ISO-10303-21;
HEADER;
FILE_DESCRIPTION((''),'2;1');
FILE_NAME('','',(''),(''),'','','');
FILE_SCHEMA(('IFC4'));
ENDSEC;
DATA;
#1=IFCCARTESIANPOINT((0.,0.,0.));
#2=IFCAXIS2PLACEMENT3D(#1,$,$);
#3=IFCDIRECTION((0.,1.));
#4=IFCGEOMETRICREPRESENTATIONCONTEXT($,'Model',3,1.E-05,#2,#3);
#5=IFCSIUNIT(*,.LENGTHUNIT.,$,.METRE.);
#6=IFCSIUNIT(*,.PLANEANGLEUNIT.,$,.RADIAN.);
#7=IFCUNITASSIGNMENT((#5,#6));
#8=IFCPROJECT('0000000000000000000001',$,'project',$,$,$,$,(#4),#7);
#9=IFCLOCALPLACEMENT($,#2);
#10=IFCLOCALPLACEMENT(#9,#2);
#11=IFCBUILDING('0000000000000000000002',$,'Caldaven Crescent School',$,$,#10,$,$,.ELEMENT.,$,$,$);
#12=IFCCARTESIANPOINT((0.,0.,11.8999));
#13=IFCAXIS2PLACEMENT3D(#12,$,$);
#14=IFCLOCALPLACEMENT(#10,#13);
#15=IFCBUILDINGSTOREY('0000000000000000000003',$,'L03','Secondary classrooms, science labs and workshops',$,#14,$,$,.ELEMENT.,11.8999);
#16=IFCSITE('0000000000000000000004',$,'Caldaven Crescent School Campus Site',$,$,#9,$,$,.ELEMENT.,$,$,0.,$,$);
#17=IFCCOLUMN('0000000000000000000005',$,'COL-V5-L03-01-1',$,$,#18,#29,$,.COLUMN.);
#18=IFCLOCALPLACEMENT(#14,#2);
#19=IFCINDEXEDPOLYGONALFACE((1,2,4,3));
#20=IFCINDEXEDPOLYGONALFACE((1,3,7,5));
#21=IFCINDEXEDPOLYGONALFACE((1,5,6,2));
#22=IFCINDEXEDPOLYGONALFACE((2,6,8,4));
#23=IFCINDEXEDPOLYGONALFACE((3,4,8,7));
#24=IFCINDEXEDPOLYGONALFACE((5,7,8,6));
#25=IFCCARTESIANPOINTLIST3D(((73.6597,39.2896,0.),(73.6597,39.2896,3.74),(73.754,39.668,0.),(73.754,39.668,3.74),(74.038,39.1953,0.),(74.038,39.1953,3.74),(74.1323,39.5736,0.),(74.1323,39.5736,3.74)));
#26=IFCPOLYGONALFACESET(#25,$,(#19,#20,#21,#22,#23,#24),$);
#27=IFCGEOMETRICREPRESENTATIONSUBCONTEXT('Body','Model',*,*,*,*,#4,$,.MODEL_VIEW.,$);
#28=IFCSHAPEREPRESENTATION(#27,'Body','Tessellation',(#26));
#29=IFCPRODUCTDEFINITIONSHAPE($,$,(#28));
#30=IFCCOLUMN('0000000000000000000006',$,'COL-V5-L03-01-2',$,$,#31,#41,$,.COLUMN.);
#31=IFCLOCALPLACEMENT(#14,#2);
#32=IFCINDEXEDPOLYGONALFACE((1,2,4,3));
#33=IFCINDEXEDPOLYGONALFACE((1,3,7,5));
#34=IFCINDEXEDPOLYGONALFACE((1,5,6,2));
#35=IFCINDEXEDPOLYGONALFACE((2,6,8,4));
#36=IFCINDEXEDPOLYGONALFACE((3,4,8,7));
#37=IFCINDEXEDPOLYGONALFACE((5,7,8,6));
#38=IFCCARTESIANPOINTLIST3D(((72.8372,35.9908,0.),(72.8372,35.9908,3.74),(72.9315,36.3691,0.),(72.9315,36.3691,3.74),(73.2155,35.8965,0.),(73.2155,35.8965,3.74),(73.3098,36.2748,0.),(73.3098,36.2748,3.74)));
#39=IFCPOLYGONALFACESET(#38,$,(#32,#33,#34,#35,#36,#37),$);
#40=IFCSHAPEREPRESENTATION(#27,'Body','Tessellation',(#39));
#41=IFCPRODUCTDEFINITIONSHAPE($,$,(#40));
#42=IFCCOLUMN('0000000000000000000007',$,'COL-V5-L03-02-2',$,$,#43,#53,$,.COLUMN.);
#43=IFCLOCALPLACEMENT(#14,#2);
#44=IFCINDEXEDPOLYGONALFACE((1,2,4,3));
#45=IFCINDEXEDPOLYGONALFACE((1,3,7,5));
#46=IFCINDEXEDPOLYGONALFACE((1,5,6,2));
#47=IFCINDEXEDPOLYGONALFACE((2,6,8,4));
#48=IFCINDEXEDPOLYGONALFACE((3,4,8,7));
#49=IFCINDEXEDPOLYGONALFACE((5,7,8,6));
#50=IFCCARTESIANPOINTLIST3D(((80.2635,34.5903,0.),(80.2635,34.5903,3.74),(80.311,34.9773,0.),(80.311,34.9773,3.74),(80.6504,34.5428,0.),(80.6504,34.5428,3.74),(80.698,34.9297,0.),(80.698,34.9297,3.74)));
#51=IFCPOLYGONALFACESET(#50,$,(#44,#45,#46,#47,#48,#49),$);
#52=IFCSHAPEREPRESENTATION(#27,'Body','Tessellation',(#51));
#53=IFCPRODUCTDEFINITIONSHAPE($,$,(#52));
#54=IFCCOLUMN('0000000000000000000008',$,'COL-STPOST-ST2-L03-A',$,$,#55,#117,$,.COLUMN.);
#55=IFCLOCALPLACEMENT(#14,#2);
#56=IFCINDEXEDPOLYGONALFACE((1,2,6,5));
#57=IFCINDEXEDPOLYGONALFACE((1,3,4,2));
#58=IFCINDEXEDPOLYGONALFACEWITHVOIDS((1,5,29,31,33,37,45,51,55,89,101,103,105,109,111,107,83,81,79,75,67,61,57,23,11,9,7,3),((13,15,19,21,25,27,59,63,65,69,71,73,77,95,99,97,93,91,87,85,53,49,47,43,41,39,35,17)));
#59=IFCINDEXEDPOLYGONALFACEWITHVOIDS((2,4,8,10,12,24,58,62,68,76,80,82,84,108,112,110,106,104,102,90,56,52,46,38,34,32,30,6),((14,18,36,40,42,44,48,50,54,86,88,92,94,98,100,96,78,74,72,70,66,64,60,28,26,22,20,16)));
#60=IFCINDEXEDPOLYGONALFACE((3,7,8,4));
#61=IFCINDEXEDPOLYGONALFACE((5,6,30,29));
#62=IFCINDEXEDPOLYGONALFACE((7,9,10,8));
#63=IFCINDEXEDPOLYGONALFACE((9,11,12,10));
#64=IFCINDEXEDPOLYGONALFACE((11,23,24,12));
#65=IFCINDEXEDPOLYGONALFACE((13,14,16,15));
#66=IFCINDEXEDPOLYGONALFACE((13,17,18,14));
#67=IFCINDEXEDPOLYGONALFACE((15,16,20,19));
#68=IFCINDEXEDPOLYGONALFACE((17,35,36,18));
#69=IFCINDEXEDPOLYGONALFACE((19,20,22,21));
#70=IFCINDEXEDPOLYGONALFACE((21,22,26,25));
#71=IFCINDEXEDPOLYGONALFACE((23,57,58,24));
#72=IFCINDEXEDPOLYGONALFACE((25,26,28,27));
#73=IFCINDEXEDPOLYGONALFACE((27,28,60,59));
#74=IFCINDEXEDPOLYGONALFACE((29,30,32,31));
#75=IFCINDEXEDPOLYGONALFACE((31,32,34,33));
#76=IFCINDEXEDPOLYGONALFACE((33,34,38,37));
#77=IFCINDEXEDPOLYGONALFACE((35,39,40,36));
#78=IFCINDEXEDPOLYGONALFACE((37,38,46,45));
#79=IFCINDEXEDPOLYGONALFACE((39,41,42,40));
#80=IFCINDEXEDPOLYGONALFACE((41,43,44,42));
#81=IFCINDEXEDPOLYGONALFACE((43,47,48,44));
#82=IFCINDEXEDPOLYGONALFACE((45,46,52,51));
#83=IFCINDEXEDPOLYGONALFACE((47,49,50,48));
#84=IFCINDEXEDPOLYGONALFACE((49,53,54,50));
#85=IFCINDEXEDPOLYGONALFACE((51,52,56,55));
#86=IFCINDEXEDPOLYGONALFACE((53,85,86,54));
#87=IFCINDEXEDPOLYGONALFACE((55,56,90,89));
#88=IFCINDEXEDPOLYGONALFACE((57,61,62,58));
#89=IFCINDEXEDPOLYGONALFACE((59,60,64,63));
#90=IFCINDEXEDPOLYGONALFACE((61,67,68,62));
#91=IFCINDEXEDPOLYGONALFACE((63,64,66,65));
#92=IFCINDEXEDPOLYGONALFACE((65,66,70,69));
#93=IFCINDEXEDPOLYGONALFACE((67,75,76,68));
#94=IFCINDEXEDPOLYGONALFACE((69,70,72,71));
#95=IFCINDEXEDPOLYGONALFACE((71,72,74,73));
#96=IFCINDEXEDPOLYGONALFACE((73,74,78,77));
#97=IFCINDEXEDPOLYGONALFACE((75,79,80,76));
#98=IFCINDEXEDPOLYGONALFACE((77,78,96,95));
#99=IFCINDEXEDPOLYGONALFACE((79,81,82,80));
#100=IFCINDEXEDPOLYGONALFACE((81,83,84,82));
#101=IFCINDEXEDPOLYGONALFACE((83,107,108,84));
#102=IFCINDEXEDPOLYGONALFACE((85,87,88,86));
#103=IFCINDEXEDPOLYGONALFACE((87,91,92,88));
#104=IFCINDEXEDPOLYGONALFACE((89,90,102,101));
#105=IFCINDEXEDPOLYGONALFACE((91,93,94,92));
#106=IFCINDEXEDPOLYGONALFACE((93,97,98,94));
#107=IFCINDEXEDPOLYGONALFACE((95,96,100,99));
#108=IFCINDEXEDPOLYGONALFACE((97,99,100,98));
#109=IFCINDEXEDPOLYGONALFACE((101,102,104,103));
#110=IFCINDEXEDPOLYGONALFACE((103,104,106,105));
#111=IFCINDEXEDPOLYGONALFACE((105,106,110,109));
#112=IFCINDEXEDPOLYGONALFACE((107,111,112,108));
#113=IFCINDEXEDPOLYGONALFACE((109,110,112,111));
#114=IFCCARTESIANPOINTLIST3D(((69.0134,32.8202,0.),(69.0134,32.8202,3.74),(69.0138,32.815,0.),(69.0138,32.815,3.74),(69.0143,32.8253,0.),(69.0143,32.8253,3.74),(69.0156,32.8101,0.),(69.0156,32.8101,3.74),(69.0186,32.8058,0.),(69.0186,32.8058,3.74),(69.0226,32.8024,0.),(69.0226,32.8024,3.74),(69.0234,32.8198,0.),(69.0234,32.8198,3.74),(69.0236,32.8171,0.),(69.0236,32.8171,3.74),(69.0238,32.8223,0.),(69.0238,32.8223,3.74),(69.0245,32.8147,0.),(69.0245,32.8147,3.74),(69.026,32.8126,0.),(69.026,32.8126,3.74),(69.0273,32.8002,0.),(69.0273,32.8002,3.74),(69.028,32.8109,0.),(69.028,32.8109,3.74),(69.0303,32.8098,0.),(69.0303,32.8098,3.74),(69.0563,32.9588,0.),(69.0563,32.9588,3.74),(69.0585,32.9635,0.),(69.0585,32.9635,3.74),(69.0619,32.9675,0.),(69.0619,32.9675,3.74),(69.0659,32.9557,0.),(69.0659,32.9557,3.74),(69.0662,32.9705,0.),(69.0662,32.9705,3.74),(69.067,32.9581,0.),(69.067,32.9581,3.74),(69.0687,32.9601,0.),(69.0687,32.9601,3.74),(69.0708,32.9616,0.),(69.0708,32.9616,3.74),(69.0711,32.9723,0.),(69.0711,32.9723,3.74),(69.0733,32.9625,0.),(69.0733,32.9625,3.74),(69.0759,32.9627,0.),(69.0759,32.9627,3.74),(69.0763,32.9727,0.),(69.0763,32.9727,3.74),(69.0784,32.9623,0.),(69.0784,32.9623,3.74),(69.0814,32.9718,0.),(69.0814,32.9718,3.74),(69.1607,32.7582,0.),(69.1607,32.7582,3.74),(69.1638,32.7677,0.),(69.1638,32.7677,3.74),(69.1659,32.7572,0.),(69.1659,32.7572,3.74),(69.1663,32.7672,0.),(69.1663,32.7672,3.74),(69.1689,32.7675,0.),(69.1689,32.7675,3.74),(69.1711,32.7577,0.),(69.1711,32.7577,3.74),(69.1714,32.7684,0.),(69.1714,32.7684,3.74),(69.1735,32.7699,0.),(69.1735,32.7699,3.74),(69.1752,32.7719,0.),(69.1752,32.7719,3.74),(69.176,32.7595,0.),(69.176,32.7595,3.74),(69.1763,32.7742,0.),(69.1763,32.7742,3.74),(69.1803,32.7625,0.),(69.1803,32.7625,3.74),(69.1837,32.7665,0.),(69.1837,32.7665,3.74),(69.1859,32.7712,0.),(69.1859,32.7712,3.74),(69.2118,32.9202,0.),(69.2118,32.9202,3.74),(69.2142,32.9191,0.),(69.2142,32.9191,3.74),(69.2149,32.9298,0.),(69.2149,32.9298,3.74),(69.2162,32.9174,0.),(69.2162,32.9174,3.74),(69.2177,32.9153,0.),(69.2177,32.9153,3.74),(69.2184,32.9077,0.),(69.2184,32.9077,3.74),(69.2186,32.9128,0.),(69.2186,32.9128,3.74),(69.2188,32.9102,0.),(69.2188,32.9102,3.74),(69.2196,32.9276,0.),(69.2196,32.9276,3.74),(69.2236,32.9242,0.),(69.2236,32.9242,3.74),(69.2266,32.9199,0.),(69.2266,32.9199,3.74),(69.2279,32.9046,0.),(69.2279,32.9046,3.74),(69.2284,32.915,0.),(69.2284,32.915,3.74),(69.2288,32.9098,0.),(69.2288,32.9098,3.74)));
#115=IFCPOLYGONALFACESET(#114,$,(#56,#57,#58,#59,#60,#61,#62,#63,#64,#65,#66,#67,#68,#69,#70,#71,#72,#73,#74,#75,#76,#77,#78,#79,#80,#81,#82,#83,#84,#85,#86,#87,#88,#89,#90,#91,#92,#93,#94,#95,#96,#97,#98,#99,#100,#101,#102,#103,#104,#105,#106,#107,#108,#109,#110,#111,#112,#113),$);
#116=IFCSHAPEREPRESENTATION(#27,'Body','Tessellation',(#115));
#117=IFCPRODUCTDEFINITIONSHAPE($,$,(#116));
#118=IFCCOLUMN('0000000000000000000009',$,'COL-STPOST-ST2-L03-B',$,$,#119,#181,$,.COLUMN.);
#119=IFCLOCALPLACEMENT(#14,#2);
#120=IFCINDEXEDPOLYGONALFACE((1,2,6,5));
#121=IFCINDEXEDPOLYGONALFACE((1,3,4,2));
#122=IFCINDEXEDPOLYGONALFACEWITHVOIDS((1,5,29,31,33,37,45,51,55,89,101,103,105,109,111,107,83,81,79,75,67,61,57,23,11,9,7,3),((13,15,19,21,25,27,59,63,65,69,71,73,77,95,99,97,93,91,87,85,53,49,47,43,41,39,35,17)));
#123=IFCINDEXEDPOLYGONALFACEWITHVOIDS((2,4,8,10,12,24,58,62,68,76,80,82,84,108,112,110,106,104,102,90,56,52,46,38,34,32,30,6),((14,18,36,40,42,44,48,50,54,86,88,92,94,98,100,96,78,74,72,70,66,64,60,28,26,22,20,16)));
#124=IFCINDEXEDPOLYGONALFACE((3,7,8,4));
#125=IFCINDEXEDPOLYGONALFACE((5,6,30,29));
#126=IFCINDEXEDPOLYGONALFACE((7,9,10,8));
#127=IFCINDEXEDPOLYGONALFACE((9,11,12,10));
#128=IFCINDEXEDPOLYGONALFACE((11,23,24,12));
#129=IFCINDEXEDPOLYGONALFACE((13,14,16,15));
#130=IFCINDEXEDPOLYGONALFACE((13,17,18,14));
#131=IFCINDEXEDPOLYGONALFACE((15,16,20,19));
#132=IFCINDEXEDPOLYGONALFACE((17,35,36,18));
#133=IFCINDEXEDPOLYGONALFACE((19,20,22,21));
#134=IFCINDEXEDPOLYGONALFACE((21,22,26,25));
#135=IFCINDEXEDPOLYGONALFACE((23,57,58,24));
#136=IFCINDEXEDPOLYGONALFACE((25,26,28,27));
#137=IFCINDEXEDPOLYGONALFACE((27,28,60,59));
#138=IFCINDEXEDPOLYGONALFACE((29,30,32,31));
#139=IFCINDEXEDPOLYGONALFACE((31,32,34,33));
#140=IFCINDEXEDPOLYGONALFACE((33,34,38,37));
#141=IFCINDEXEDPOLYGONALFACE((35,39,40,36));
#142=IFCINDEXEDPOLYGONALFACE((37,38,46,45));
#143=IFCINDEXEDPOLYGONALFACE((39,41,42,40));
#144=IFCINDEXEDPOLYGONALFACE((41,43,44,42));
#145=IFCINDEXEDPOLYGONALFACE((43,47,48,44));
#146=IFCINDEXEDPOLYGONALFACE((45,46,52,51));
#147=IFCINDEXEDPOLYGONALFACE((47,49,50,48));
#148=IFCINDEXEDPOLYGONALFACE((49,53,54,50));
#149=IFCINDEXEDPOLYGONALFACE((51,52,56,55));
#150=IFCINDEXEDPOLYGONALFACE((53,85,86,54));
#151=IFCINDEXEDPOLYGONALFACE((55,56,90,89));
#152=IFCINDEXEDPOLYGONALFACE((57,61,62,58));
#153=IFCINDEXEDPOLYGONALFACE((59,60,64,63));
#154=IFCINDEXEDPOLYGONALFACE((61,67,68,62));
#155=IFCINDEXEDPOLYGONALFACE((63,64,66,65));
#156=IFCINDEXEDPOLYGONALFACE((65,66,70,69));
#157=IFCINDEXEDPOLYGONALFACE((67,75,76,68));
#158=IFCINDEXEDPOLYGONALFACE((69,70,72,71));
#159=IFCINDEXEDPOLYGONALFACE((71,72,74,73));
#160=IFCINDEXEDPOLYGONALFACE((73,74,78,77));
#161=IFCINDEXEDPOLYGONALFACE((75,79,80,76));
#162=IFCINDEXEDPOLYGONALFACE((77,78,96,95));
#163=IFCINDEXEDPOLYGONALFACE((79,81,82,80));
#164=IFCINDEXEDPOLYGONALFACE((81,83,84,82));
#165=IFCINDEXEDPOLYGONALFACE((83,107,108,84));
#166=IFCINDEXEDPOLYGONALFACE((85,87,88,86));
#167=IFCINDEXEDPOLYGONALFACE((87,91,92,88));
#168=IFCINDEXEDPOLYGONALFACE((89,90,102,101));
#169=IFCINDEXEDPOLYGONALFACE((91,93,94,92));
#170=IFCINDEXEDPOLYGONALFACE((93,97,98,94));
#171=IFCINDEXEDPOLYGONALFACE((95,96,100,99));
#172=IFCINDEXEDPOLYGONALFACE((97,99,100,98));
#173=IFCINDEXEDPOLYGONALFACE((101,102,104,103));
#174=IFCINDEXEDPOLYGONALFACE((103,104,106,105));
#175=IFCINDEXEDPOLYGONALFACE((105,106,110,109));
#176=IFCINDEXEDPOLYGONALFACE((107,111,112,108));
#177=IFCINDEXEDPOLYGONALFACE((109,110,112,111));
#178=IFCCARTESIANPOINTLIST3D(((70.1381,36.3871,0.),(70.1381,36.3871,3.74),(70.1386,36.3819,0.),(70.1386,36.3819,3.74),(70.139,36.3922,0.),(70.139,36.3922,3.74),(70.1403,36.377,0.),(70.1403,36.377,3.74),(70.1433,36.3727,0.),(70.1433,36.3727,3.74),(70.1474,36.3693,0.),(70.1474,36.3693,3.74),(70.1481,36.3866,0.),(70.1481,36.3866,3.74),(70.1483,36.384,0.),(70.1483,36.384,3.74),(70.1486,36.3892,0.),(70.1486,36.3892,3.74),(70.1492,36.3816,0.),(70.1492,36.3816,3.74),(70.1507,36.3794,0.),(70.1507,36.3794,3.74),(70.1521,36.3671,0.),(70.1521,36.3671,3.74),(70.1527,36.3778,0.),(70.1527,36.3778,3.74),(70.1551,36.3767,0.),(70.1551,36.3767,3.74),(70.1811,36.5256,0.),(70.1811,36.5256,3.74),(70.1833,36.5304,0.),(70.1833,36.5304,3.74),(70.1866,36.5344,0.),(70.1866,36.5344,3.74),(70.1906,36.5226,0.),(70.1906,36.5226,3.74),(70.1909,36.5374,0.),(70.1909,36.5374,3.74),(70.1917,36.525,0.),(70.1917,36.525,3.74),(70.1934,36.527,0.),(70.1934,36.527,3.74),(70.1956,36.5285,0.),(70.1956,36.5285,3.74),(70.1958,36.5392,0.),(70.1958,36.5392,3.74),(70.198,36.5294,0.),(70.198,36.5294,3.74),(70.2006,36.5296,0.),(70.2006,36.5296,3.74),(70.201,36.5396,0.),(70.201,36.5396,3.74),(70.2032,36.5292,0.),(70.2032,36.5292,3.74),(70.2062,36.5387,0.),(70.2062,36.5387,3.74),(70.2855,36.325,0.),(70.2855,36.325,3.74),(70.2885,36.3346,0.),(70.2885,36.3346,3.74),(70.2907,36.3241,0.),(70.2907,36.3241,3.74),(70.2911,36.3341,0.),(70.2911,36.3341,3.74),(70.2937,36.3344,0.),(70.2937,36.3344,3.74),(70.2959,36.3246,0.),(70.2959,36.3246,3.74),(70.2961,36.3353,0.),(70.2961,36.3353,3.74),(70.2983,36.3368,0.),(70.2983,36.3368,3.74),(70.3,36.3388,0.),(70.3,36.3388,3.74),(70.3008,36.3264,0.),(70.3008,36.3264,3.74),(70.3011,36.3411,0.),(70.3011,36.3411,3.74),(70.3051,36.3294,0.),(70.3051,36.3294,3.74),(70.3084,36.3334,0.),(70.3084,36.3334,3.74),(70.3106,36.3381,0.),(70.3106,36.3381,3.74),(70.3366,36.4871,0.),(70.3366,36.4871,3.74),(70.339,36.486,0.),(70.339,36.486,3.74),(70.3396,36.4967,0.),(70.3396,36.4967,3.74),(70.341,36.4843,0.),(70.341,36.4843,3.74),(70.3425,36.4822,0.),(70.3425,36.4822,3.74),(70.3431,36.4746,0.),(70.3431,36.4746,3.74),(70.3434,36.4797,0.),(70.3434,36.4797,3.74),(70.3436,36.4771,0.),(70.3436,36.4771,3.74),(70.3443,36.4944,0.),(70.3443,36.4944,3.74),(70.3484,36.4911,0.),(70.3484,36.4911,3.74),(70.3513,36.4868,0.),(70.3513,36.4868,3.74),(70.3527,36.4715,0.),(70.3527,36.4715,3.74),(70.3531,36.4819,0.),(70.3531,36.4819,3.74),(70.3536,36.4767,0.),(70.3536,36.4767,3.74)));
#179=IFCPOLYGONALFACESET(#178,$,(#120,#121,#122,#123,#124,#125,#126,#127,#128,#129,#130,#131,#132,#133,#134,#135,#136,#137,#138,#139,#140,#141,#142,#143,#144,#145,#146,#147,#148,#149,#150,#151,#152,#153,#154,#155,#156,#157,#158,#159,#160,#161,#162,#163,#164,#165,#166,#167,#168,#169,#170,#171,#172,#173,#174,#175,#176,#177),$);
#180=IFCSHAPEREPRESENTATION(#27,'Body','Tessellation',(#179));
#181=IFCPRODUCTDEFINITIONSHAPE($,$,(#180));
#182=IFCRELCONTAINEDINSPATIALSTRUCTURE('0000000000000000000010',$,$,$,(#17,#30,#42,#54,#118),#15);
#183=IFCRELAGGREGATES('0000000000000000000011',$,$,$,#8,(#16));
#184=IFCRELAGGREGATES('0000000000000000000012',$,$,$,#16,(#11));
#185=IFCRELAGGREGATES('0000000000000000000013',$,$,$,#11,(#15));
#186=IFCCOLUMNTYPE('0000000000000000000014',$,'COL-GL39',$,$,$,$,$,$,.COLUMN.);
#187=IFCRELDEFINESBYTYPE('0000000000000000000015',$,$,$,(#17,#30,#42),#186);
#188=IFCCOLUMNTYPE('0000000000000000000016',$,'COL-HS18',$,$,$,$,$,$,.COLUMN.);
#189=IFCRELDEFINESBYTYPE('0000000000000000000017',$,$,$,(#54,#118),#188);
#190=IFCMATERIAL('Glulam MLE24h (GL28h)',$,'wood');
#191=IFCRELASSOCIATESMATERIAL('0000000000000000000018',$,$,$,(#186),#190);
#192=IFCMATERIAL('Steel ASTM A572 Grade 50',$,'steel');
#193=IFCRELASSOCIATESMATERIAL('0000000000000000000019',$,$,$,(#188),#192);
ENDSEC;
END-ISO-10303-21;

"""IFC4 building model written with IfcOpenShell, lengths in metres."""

from ifc_helpers import new_model, si_unit, direction, frame, origin, origin_2d, place, context, subcontext, project, spatial, rectangle, hollow_rectangle, extrude, material, material_profile, profile_set, type_object, element, save


model = new_model("IFC4")

# Units and contexts
model_context = context("Model", 3, precision=1e-05, world=origin(), true_north=direction((0.0, 1.0)))
body_context = subcontext(model_context, "Body", "Model", "MODEL_VIEW")
ifc_project = project(units=[si_unit("LENGTHUNIT", "METRE"), si_unit("PLANEANGLEUNIT", "RADIAN")], contexts=[model_context])

# Site, building, storey
site_placement = place(None, origin())
site = spatial("IfcSite", under=ifc_project, at=site_placement, Name="Caldaven Crescent School Campus Site", CompositionType="ELEMENT", RefElevation=0.0)
building_placement = place(site_placement, origin())
building = spatial("IfcBuilding", under=site, at=building_placement, Name="Caldaven Crescent School", CompositionType="ELEMENT")
storey_placement = place(building_placement, frame((0.0, 0.0, 11.8999)))
storey = spatial("IfcBuildingStorey", under=building, at=storey_placement, Name="L03", Description="Secondary classrooms, science labs and workshops", CompositionType="ELEMENT", Elevation=11.8999)

# Columns
ifc_material_1 = material(Name="Glulam MLE24h (GL28h)", Category="wood")
ifc_material_profile_1 = material_profile(ifc_material_1, rectangle(XDim=0.3899, YDim=0.3899, at=origin_2d()), Name="MLE 390x390")
ifc_profile_set_1 = profile_set([ifc_material_profile_1], Name="Glulam MLE24h (GL28h)")
column_type_1 = type_object("IfcColumnType", Name="COL-GL39", PredefinedType="COLUMN", material=ifc_profile_set_1)
for number, where, z_axis, x_axis, name in (
    (1, (73.896, 39.4316, 0.0), (0.0, 0.0, 1.0), (-0.241922, -0.970296, 0.0), "COL-V5-L03-01-1"),
    (2, (73.0735, 36.1328, 0.0), (0.0, 0.0, 1.0), (-0.241922, -0.970296, 0.0), "COL-V5-L03-01-2"),
    (3, (80.4807, 34.76, 0.0), (0.0, 0.0, 1.0), (-0.121869, -0.992546, 0.0), "COL-V5-L03-02-2"),
):
    element("IfcColumn", number, at=place(storey_placement, frame(where, z_axis=z_axis, x_axis=x_axis)), inside=storey, type_object=column_type_1, Name=name, PredefinedType="COLUMN", context=body_context, shape_type="SweptSolid", body=[
        extrude(rectangle(XDim=0.3899, YDim=0.3899, at=origin_2d()), origin(), (0.0, 0.0, 1.0), 3.74),
    ])
ifc_material_2 = material(Name="Steel ASTM A572 Grade 50", Category="steel")
ifc_material_profile_2 = material_profile(ifc_material_2, hollow_rectangle(XDim=0.1799, YDim=0.1799, WallThickness=0.01, InnerFilletRadius=0.01, OuterFilletRadius=0.02, at=origin_2d()), Name="HSS 180x180x10")
ifc_profile_set_2 = profile_set([ifc_material_profile_2], Name="Steel ASTM A572 Grade 50")
column_type_2 = type_object("IfcColumnType", Name="COL-HS18", PredefinedType="COLUMN", material=ifc_profile_set_2)
for number, where, z_axis, x_axis, name in (
    (4, (69.1211, 32.865, 0.0), (0.0, 0.0, 1.0), (0.953717, -0.300706, 0.0), "COL-STPOST-ST2-L03-A"),
    (5, (70.2458, 36.4319, 0.0), (0.0, 0.0, 1.0), (0.953717, -0.300706, 0.0), "COL-STPOST-ST2-L03-B"),
):
    element("IfcColumn", number, at=place(storey_placement, frame(where, z_axis=z_axis, x_axis=x_axis)), inside=storey, type_object=column_type_2, Name=name, PredefinedType="COLUMN", context=body_context, shape_type="SweptSolid", body=[
        extrude(hollow_rectangle(XDim=0.1799, YDim=0.1799, WallThickness=0.01, InnerFilletRadius=0.01, OuterFilletRadius=0.02, at=origin_2d()), origin(), (0.0, 0.0, 1.0), 3.74),
    ])

save(model, "model.ifc")
